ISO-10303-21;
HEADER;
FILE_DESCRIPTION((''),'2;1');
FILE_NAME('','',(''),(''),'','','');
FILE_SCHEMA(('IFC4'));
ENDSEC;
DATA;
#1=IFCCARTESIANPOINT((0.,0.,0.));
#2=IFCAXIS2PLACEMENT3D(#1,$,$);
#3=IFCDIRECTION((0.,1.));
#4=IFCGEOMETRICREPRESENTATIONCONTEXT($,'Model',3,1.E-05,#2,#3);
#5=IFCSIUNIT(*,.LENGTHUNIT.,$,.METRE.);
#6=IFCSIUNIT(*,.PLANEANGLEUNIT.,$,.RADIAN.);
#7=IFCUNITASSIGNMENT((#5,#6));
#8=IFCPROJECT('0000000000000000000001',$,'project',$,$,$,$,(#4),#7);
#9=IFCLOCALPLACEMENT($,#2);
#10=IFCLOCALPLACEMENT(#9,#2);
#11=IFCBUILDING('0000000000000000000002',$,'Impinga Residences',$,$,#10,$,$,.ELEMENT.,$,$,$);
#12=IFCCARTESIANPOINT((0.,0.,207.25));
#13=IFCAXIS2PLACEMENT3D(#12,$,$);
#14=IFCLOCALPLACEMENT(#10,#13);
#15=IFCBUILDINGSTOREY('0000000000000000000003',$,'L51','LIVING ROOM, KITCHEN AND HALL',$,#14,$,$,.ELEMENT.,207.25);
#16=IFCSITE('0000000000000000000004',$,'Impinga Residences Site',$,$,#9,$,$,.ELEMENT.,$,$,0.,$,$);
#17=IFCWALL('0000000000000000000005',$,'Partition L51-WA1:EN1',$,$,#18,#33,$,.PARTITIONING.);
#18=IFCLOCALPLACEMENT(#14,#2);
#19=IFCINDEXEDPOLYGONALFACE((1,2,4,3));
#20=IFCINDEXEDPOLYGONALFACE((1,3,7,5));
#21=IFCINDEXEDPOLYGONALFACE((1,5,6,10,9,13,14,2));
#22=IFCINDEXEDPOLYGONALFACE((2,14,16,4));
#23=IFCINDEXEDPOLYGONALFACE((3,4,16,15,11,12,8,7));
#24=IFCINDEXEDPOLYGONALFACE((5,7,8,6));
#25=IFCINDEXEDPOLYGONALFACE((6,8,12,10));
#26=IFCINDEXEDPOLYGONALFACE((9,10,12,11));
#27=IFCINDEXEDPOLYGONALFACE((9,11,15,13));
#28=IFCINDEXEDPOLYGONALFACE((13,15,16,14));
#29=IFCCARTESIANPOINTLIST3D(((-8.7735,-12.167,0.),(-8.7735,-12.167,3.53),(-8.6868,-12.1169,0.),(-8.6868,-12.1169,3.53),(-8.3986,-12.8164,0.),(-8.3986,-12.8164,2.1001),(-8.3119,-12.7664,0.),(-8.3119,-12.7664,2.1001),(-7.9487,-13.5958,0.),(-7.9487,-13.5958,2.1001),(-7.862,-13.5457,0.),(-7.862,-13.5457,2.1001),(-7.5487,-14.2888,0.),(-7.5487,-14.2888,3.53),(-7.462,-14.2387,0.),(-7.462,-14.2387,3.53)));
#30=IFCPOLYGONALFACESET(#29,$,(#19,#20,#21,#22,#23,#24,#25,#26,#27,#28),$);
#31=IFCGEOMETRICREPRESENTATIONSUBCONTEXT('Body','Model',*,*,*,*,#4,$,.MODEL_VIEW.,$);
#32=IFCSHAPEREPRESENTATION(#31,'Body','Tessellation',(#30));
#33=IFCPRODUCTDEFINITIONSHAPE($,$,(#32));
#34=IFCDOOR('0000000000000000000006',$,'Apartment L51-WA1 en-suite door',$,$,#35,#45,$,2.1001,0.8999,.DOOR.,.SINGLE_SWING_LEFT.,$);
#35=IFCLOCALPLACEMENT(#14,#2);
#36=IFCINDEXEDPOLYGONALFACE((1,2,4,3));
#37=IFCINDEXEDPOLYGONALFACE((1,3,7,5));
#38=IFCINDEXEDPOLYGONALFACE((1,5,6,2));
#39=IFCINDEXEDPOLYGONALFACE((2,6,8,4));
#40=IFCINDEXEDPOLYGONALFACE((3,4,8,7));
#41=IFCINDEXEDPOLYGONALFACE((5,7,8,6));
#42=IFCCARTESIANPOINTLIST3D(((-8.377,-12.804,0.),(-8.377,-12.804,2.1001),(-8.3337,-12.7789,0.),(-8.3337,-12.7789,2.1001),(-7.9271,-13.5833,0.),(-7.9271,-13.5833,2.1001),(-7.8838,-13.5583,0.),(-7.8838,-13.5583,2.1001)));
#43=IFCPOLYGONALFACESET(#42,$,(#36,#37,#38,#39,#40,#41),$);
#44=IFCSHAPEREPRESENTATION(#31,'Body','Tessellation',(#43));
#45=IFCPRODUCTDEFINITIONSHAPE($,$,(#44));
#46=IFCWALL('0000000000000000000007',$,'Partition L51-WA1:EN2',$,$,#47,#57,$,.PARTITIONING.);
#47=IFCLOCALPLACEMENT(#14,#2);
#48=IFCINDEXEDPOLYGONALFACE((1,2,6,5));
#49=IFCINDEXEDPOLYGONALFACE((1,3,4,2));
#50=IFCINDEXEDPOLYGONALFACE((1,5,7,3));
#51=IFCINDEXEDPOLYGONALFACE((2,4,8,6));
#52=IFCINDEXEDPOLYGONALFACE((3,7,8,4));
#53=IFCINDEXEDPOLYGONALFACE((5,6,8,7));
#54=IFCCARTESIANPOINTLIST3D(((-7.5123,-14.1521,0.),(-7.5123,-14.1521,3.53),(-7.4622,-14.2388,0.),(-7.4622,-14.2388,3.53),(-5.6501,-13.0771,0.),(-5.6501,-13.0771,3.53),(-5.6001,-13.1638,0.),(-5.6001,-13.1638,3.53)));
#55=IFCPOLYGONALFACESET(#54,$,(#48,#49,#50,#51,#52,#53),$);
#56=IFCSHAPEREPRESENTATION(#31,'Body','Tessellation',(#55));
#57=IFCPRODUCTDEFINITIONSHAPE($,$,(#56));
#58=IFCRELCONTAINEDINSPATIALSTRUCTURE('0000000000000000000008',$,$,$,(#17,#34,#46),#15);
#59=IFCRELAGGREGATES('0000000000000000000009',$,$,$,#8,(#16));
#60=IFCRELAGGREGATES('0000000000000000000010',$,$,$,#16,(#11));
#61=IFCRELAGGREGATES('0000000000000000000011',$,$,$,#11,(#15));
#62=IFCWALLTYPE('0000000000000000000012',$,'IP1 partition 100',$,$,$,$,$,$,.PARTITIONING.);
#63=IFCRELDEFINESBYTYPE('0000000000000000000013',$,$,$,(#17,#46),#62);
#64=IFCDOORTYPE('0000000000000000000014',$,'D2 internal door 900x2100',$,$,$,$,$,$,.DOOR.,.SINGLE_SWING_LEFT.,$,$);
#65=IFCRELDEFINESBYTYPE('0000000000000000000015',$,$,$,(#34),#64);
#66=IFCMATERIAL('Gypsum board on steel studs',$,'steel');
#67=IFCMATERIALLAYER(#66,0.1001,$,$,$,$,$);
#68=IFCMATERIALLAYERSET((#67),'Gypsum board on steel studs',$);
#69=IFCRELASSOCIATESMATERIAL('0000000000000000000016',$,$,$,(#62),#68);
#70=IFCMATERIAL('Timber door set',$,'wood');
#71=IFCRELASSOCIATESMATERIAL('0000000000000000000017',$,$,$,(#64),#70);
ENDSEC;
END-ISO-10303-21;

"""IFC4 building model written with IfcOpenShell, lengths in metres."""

from ifc_helpers import new_model, si_unit, direction, frame, frame_2d, origin, place, context, subcontext, project, spatial, rectangle, extrude, material, layer, layer_set, type_object, element, fill, save


model = new_model("IFC4")

# Units and contexts
model_context = context("Model", 3, precision=1e-05, world=origin(), true_north=direction((0.0, 1.0)))
body_context = subcontext(model_context, "Body", "Model", "MODEL_VIEW")
ifc_project = project(units=[si_unit("LENGTHUNIT", "METRE"), si_unit("PLANEANGLEUNIT", "RADIAN")], contexts=[model_context])

# Site, building, storey
site_placement = place(None, origin())
site = spatial("IfcSite", under=ifc_project, at=site_placement, Name="Impinga Residences Site", CompositionType="ELEMENT", RefElevation=0.0)
building_placement = place(site_placement, origin())
building = spatial("IfcBuilding", under=site, at=building_placement, Name="Impinga Residences", CompositionType="ELEMENT")
storey_placement = place(building_placement, frame((0.0, 0.0, 207.25)))
storey = spatial("IfcBuildingStorey", under=building, at=storey_placement, Name="L51", Description="LIVING ROOM, KITCHEN AND HALL", CompositionType="ELEMENT", Elevation=207.25)

# Shared definitions
ifc_material_1 = material(Name="Gypsum board on steel studs", Category="steel")
ifc_layer_1 = layer(ifc_material_1, 0.1001)
ifc_layer_set_1 = layer_set([ifc_layer_1], Name="Gypsum board on steel studs")
wall_type_1 = type_object("IfcWallType", Name="IP1 partition 100", PredefinedType="PARTITIONING", material=ifc_layer_set_1)

# Wall, opening, door
wall_1_placement = place(storey_placement, frame((-8.7302, -12.1418, 0.0), z_axis=(0.0, 0.0, 1.0), x_axis=(0.499944, -0.866058, 0.0)))
wall_1 = element("IfcWall", 1, at=wall_1_placement, inside=storey, type_object=wall_type_1, Name="Partition L51-WA1:EN1", PredefinedType="PARTITIONING", context=body_context, shape_type="SweptSolid", body=[
    extrude(rectangle(XDim=2.45, YDim=0.1001, at=frame_2d((1.2251, 0.0))), origin(), (0.0, 0.0, 1.0), 3.53),
])
opening_1_placement = place(wall_1_placement, frame((0.75, 0.0, 0.0)))
opening_1 = element("IfcOpeningElement", 2, at=opening_1_placement, cuts=wall_1, PredefinedType="OPENING", context=body_context, shape_type="SweptSolid", body=[
    extrude(rectangle(XDim=0.8999, YDim=2.1001, at=frame_2d((0.45, 1.05))), frame((0.0, 0.0601, 0.0), z_axis=(0.0, -1.0, 0.0), x_axis=(1.0, 0.0, 0.0)), (0.0, 0.0, 1.0), 0.1201),
])
ifc_material_2 = material(Name="Timber door set", Category="wood")
door_type = type_object("IfcDoorType", Name="D2 internal door 900x2100", OperationType="SINGLE_SWING_LEFT", PredefinedType="DOOR", material=ifc_material_2)
door_placement = place(opening_1_placement, origin())
door = element("IfcDoor", 3, at=door_placement, inside=storey, type_object=door_type, Name="Apartment L51-WA1 en-suite door", OperationType="SINGLE_SWING_LEFT", OverallHeight=2.1001, OverallWidth=0.8999, PredefinedType="DOOR", context=body_context, shape_type="SweptSolid", body=[
    extrude(rectangle(XDim=0.8999, YDim=2.1001, at=frame_2d((0.45, 1.05))), frame((0.0, 0.0249, 0.0), z_axis=(0.0, -1.0, 0.0), x_axis=(1.0, 0.0, 0.0)), (0.0, 0.0, 1.0), 0.05),
])
fill(opening_1, door)

# Wall
wall_2_placement = place(storey_placement, frame((-5.625, -13.1204, 0.0), z_axis=(0.0, 0.0, 1.0), x_axis=(-0.866048, -0.499962, 0.0)))
element("IfcWall", 4, at=wall_2_placement, inside=storey, type_object=wall_type_1, Name="Partition L51-WA1:EN2", PredefinedType="PARTITIONING", context=body_context, shape_type="SweptSolid", body=[
    extrude(rectangle(XDim=2.1501, YDim=0.1001, at=frame_2d((1.0752, 0.0))), origin(), (0.0, 0.0, 1.0), 3.53),
])

save(model, "model.ifc")
